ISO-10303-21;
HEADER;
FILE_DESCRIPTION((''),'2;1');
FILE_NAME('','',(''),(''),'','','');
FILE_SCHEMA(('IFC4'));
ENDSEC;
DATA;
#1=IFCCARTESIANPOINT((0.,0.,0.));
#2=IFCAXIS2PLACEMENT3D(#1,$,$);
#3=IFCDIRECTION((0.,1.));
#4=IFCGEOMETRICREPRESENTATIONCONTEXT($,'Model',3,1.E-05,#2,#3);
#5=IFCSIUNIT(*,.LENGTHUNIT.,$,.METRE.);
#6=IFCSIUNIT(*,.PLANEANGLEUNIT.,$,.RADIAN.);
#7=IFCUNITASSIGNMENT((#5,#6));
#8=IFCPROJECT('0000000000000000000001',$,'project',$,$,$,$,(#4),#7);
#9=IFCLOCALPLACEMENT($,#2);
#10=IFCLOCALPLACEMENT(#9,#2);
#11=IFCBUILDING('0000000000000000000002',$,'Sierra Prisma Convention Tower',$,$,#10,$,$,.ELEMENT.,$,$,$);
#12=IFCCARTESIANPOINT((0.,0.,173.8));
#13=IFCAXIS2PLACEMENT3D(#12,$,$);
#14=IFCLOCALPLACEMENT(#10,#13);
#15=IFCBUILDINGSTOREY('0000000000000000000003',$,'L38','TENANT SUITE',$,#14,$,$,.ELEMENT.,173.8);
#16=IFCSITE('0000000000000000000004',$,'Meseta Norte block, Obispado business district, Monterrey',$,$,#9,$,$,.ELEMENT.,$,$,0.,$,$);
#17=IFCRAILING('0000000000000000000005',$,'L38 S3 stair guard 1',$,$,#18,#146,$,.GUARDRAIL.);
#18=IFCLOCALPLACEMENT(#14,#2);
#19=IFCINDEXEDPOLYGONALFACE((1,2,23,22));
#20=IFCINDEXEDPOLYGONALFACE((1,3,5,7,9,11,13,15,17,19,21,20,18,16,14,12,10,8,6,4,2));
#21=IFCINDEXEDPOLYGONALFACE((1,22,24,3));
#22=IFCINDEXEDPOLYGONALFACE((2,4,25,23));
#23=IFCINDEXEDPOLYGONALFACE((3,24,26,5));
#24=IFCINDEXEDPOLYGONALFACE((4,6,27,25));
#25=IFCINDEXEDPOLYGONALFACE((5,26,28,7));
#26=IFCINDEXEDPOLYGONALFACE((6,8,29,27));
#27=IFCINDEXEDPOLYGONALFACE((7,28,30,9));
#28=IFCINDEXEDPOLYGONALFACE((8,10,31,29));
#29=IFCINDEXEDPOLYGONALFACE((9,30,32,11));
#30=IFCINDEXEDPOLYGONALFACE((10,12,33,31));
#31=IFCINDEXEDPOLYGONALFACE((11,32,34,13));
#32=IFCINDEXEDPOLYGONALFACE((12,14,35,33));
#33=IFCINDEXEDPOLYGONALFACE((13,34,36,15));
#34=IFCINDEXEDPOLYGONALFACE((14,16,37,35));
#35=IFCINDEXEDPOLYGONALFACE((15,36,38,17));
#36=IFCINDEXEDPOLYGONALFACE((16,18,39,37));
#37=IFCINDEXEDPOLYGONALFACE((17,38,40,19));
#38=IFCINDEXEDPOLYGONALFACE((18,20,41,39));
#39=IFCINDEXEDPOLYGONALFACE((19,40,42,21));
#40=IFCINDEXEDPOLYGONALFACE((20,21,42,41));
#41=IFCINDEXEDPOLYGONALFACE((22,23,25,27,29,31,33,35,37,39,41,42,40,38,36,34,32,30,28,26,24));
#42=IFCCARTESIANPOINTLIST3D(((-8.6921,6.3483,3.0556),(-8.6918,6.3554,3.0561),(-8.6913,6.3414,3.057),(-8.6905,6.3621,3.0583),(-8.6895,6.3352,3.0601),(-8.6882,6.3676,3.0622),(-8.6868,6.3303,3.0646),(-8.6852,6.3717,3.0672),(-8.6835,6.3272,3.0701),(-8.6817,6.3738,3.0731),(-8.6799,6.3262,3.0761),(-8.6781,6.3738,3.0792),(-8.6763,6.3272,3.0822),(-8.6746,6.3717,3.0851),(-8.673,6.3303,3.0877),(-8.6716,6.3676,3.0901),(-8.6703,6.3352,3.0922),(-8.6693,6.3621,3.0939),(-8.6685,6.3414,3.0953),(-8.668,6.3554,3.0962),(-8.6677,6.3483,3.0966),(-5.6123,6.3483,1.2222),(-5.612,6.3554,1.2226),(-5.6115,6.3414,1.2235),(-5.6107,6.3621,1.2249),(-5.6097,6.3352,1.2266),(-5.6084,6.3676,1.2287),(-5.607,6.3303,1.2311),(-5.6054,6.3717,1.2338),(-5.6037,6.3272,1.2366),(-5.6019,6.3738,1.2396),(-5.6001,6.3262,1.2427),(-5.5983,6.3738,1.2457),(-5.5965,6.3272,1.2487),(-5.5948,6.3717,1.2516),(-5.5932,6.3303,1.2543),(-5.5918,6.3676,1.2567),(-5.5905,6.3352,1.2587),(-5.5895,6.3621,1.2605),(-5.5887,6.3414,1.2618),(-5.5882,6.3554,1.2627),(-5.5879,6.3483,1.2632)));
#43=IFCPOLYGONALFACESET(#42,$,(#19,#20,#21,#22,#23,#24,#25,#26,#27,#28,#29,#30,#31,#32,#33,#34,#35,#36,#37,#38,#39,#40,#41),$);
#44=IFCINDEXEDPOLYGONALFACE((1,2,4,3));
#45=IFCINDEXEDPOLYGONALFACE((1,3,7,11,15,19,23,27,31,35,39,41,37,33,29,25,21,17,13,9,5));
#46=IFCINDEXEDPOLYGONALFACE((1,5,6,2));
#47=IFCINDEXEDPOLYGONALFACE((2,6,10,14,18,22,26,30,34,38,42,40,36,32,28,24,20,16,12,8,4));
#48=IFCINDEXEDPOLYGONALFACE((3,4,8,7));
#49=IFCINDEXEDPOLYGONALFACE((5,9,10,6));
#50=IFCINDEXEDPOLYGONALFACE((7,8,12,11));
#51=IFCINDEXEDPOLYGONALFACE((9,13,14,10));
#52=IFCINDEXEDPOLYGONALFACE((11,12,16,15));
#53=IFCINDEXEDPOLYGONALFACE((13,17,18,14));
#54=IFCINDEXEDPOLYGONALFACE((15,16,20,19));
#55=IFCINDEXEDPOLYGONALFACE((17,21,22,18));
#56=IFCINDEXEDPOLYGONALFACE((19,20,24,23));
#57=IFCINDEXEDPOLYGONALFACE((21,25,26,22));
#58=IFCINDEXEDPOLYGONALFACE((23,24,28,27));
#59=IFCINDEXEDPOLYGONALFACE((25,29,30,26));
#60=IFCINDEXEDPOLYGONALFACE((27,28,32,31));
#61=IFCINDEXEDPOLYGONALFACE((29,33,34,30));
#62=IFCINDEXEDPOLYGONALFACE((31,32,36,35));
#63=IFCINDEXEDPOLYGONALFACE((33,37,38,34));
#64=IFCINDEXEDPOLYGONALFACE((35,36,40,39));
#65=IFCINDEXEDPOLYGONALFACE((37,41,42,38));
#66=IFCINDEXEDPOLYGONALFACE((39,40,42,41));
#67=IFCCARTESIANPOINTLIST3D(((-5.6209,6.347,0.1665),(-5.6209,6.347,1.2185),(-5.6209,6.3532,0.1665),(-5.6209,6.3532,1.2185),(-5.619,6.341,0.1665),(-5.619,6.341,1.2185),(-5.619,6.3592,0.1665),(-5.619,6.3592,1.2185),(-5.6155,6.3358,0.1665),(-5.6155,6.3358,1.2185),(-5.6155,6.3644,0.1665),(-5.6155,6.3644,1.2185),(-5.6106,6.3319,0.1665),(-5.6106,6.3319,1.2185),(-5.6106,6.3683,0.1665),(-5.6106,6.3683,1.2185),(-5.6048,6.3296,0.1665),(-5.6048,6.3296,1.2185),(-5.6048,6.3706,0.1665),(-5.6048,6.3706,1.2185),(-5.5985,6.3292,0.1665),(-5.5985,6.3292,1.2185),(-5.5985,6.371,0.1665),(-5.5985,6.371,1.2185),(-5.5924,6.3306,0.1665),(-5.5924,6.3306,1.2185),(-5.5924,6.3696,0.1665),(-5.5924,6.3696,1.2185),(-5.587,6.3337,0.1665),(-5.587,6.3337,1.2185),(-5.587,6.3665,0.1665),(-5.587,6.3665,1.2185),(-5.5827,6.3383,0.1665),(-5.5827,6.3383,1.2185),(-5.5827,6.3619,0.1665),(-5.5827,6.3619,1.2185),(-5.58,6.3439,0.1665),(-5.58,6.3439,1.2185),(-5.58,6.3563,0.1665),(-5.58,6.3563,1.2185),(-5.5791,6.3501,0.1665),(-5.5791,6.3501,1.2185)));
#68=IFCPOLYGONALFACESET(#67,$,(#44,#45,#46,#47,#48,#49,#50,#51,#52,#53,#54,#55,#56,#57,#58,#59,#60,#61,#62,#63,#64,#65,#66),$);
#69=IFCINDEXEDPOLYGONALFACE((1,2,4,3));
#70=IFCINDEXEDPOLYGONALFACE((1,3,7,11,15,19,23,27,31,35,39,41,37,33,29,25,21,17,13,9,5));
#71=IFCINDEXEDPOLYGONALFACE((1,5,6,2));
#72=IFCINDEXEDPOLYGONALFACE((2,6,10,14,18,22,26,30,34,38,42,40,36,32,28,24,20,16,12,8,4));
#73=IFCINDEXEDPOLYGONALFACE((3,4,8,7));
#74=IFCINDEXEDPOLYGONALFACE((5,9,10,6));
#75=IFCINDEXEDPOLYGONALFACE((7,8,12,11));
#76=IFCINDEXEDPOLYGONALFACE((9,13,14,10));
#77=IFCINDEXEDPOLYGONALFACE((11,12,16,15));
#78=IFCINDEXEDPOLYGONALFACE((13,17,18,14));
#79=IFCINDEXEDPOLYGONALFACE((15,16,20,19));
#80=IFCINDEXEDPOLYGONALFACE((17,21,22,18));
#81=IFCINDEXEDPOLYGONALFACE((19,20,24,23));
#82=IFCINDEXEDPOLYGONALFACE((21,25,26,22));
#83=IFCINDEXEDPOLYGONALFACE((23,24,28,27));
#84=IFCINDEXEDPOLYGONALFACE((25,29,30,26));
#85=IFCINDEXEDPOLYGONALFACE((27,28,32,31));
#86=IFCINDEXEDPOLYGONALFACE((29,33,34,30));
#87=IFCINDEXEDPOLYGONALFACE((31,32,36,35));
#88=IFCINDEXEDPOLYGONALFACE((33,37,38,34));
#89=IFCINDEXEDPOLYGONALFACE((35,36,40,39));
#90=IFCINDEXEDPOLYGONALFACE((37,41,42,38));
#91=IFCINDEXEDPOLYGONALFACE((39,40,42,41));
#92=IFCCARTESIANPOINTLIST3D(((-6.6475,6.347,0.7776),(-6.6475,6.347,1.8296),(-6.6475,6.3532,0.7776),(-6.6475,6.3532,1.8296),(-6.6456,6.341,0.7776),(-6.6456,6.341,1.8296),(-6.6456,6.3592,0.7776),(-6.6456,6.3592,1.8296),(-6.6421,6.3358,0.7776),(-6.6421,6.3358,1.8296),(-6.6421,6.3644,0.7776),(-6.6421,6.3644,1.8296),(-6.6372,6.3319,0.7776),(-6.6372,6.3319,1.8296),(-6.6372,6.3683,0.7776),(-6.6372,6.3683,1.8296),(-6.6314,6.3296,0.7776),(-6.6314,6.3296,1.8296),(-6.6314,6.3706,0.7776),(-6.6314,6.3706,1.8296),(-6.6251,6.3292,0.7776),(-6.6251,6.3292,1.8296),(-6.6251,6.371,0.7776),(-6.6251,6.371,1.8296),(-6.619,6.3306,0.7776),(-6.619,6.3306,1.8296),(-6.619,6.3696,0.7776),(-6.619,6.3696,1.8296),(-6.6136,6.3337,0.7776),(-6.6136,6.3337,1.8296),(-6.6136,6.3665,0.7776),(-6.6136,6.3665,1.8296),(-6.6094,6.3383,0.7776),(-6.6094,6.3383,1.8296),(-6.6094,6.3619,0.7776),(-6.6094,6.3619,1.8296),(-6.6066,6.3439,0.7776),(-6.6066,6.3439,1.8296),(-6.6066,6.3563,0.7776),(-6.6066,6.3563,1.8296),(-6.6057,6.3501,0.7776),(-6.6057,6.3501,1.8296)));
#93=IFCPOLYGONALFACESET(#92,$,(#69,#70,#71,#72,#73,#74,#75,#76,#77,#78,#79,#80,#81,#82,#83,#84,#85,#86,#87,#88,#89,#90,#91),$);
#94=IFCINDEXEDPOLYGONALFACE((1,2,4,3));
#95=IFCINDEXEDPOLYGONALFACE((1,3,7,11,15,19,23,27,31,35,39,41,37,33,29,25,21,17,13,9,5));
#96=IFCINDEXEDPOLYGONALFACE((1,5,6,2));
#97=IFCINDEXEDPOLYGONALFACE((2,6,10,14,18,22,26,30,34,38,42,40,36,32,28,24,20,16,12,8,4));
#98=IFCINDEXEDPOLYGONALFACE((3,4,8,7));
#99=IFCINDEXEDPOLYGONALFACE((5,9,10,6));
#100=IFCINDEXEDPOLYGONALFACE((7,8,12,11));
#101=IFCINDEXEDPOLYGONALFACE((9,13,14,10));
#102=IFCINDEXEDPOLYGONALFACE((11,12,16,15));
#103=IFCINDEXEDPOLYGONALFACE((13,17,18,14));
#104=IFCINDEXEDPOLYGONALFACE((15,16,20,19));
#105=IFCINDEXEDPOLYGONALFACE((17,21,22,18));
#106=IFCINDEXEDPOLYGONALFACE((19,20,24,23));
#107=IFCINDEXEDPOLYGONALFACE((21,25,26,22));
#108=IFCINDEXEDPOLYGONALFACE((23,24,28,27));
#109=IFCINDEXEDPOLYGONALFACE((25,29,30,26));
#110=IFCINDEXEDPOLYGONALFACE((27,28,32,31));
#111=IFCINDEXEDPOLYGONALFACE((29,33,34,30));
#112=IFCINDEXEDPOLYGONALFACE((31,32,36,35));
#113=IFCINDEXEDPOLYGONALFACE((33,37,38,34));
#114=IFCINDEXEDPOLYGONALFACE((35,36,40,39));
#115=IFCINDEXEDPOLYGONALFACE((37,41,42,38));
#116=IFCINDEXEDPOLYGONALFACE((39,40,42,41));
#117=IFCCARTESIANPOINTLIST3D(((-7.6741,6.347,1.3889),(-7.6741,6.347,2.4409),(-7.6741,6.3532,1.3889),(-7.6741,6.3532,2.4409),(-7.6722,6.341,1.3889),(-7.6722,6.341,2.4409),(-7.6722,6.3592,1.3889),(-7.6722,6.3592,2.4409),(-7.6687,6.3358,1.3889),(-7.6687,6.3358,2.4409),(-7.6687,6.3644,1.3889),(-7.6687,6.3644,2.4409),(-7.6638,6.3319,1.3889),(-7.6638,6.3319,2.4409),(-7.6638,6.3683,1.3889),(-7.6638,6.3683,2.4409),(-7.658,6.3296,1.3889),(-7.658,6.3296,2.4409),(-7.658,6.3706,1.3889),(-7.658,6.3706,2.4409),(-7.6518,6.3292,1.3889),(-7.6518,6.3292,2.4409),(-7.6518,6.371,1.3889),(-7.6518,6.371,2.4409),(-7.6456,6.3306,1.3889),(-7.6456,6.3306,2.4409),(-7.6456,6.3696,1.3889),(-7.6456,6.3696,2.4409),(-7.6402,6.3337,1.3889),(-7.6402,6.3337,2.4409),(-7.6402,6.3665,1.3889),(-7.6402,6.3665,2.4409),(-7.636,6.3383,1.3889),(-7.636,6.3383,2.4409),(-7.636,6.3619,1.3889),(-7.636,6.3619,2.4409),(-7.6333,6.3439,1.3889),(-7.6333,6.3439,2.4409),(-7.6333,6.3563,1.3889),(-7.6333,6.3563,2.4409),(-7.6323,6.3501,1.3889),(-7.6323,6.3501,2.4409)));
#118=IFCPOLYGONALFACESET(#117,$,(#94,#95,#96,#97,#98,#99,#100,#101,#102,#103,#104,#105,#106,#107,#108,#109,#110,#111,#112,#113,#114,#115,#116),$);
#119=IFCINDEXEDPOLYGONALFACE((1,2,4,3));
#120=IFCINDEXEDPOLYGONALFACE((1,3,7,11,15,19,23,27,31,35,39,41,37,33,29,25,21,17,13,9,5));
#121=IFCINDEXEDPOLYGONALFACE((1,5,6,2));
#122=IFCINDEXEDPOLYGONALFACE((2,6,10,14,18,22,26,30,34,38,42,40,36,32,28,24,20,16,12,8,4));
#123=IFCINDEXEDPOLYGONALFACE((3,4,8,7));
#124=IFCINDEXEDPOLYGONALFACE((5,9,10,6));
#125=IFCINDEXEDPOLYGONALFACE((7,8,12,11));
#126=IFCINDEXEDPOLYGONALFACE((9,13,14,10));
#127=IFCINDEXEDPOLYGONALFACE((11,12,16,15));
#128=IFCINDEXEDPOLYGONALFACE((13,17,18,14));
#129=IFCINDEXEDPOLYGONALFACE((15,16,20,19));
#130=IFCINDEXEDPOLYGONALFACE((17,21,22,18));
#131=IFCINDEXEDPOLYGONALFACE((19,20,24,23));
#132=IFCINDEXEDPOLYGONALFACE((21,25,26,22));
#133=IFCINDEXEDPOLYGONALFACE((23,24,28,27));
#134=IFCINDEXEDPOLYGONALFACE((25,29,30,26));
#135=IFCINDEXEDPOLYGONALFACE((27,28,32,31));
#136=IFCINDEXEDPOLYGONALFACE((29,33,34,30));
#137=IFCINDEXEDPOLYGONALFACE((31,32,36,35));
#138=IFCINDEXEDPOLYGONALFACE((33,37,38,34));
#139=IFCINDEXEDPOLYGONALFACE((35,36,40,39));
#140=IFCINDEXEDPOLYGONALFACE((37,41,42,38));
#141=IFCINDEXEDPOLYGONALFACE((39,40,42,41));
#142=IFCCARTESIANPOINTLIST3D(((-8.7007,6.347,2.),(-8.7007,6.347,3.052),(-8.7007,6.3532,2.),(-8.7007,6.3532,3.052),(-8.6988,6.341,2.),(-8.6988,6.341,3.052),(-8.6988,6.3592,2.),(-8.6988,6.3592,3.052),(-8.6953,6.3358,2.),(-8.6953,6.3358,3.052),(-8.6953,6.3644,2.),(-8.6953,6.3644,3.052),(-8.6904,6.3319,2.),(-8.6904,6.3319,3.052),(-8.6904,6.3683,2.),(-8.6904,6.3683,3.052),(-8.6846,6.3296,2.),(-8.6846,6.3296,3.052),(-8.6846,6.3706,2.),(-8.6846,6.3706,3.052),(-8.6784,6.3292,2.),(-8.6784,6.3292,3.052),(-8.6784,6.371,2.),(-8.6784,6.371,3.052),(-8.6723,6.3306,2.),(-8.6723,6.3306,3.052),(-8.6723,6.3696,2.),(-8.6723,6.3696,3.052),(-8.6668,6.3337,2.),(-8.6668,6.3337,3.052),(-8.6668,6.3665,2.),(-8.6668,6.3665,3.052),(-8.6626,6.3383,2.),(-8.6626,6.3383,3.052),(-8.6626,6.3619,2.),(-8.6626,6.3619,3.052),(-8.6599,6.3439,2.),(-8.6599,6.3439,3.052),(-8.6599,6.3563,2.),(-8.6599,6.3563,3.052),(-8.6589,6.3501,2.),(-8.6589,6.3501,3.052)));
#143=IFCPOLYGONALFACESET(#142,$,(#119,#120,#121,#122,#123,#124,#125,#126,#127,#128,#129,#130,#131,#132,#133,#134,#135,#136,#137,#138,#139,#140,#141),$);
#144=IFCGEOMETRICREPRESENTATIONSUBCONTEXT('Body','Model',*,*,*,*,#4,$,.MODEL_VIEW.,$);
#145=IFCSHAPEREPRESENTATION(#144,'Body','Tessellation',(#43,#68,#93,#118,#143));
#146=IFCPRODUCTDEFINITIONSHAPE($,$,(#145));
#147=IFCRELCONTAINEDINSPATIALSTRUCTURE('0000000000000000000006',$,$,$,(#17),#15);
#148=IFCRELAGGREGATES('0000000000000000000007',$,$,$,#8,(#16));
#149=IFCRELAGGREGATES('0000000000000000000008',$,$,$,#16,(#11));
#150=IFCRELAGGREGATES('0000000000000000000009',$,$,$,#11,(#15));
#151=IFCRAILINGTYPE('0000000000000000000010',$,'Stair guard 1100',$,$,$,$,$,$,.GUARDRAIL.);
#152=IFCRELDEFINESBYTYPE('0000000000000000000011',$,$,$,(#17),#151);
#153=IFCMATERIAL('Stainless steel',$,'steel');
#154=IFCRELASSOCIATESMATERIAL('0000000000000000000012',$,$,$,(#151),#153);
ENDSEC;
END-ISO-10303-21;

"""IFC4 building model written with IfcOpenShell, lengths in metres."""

from ifc_helpers import new_model, si_unit, direction, frame, origin, origin_2d, place, context, subcontext, project, spatial, circle, extrude, material, type_object, element, save


model = new_model("IFC4")

# Units and contexts
model_context = context("Model", 3, precision=1e-05, world=origin(), true_north=direction((0.0, 1.0)))
body_context = subcontext(model_context, "Body", "Model", "MODEL_VIEW")
ifc_project = project(units=[si_unit("LENGTHUNIT", "METRE"), si_unit("PLANEANGLEUNIT", "RADIAN")], contexts=[model_context])

# Site, building, storey
site_placement = place(None, origin())
site = spatial("IfcSite", under=ifc_project, at=site_placement, Name="Meseta Norte block, Obispado business district, Monterrey", CompositionType="ELEMENT", RefElevation=0.0)
building_placement = place(site_placement, origin())
building = spatial("IfcBuilding", under=site, at=building_placement, Name="Sierra Prisma Convention Tower", CompositionType="ELEMENT")
storey_placement = place(building_placement, frame((0.0, 0.0, 173.8)))
storey = spatial("IfcBuildingStorey", under=building, at=storey_placement, Name="L38", Description="TENANT SUITE", CompositionType="ELEMENT", Elevation=173.8)

# Railing
ifc_material_1 = material(Name="Stainless steel", Category="steel")
railing_type_1 = type_object("IfcRailingType", Name="Stair guard 1100", PredefinedType="GUARDRAIL", material=ifc_material_1)
railing_1_placement = place(storey_placement, frame((-5.6001, 6.3501, 0.1665)))
element("IfcRailing", 1, at=railing_1_placement, inside=storey, type_object=railing_type_1, Name="L38 S3 stair guard 1", PredefinedType="GUARDRAIL", context=body_context, shape_type="SweptSolid", body=[
    extrude(circle(Radius=0.0239, at=origin_2d()), frame((0.0, 0.0, 1.0762), z_axis=(-0.859261, 0.0, 0.511538), x_axis=(0.0, -1.0, 0.0)), (0.0, 0.0, 1.0), 3.5842),
    extrude(circle(Radius=0.021, at=origin_2d()), origin(), (0.0, 0.0, 1.0), 1.052),
    extrude(circle(Radius=0.021, at=origin_2d()), frame((-1.0266, 0.0, 0.6111)), (0.0, 0.0, 1.0), 1.052),
    extrude(circle(Radius=0.021, at=origin_2d()), frame((-2.0532, 0.0, 1.2224)), (0.0, 0.0, 1.0), 1.052),
    extrude(circle(Radius=0.021, at=origin_2d()), frame((-3.0798, 0.0, 1.8335)), (0.0, 0.0, 1.0), 1.052),
])

save(model, "model.ifc")
